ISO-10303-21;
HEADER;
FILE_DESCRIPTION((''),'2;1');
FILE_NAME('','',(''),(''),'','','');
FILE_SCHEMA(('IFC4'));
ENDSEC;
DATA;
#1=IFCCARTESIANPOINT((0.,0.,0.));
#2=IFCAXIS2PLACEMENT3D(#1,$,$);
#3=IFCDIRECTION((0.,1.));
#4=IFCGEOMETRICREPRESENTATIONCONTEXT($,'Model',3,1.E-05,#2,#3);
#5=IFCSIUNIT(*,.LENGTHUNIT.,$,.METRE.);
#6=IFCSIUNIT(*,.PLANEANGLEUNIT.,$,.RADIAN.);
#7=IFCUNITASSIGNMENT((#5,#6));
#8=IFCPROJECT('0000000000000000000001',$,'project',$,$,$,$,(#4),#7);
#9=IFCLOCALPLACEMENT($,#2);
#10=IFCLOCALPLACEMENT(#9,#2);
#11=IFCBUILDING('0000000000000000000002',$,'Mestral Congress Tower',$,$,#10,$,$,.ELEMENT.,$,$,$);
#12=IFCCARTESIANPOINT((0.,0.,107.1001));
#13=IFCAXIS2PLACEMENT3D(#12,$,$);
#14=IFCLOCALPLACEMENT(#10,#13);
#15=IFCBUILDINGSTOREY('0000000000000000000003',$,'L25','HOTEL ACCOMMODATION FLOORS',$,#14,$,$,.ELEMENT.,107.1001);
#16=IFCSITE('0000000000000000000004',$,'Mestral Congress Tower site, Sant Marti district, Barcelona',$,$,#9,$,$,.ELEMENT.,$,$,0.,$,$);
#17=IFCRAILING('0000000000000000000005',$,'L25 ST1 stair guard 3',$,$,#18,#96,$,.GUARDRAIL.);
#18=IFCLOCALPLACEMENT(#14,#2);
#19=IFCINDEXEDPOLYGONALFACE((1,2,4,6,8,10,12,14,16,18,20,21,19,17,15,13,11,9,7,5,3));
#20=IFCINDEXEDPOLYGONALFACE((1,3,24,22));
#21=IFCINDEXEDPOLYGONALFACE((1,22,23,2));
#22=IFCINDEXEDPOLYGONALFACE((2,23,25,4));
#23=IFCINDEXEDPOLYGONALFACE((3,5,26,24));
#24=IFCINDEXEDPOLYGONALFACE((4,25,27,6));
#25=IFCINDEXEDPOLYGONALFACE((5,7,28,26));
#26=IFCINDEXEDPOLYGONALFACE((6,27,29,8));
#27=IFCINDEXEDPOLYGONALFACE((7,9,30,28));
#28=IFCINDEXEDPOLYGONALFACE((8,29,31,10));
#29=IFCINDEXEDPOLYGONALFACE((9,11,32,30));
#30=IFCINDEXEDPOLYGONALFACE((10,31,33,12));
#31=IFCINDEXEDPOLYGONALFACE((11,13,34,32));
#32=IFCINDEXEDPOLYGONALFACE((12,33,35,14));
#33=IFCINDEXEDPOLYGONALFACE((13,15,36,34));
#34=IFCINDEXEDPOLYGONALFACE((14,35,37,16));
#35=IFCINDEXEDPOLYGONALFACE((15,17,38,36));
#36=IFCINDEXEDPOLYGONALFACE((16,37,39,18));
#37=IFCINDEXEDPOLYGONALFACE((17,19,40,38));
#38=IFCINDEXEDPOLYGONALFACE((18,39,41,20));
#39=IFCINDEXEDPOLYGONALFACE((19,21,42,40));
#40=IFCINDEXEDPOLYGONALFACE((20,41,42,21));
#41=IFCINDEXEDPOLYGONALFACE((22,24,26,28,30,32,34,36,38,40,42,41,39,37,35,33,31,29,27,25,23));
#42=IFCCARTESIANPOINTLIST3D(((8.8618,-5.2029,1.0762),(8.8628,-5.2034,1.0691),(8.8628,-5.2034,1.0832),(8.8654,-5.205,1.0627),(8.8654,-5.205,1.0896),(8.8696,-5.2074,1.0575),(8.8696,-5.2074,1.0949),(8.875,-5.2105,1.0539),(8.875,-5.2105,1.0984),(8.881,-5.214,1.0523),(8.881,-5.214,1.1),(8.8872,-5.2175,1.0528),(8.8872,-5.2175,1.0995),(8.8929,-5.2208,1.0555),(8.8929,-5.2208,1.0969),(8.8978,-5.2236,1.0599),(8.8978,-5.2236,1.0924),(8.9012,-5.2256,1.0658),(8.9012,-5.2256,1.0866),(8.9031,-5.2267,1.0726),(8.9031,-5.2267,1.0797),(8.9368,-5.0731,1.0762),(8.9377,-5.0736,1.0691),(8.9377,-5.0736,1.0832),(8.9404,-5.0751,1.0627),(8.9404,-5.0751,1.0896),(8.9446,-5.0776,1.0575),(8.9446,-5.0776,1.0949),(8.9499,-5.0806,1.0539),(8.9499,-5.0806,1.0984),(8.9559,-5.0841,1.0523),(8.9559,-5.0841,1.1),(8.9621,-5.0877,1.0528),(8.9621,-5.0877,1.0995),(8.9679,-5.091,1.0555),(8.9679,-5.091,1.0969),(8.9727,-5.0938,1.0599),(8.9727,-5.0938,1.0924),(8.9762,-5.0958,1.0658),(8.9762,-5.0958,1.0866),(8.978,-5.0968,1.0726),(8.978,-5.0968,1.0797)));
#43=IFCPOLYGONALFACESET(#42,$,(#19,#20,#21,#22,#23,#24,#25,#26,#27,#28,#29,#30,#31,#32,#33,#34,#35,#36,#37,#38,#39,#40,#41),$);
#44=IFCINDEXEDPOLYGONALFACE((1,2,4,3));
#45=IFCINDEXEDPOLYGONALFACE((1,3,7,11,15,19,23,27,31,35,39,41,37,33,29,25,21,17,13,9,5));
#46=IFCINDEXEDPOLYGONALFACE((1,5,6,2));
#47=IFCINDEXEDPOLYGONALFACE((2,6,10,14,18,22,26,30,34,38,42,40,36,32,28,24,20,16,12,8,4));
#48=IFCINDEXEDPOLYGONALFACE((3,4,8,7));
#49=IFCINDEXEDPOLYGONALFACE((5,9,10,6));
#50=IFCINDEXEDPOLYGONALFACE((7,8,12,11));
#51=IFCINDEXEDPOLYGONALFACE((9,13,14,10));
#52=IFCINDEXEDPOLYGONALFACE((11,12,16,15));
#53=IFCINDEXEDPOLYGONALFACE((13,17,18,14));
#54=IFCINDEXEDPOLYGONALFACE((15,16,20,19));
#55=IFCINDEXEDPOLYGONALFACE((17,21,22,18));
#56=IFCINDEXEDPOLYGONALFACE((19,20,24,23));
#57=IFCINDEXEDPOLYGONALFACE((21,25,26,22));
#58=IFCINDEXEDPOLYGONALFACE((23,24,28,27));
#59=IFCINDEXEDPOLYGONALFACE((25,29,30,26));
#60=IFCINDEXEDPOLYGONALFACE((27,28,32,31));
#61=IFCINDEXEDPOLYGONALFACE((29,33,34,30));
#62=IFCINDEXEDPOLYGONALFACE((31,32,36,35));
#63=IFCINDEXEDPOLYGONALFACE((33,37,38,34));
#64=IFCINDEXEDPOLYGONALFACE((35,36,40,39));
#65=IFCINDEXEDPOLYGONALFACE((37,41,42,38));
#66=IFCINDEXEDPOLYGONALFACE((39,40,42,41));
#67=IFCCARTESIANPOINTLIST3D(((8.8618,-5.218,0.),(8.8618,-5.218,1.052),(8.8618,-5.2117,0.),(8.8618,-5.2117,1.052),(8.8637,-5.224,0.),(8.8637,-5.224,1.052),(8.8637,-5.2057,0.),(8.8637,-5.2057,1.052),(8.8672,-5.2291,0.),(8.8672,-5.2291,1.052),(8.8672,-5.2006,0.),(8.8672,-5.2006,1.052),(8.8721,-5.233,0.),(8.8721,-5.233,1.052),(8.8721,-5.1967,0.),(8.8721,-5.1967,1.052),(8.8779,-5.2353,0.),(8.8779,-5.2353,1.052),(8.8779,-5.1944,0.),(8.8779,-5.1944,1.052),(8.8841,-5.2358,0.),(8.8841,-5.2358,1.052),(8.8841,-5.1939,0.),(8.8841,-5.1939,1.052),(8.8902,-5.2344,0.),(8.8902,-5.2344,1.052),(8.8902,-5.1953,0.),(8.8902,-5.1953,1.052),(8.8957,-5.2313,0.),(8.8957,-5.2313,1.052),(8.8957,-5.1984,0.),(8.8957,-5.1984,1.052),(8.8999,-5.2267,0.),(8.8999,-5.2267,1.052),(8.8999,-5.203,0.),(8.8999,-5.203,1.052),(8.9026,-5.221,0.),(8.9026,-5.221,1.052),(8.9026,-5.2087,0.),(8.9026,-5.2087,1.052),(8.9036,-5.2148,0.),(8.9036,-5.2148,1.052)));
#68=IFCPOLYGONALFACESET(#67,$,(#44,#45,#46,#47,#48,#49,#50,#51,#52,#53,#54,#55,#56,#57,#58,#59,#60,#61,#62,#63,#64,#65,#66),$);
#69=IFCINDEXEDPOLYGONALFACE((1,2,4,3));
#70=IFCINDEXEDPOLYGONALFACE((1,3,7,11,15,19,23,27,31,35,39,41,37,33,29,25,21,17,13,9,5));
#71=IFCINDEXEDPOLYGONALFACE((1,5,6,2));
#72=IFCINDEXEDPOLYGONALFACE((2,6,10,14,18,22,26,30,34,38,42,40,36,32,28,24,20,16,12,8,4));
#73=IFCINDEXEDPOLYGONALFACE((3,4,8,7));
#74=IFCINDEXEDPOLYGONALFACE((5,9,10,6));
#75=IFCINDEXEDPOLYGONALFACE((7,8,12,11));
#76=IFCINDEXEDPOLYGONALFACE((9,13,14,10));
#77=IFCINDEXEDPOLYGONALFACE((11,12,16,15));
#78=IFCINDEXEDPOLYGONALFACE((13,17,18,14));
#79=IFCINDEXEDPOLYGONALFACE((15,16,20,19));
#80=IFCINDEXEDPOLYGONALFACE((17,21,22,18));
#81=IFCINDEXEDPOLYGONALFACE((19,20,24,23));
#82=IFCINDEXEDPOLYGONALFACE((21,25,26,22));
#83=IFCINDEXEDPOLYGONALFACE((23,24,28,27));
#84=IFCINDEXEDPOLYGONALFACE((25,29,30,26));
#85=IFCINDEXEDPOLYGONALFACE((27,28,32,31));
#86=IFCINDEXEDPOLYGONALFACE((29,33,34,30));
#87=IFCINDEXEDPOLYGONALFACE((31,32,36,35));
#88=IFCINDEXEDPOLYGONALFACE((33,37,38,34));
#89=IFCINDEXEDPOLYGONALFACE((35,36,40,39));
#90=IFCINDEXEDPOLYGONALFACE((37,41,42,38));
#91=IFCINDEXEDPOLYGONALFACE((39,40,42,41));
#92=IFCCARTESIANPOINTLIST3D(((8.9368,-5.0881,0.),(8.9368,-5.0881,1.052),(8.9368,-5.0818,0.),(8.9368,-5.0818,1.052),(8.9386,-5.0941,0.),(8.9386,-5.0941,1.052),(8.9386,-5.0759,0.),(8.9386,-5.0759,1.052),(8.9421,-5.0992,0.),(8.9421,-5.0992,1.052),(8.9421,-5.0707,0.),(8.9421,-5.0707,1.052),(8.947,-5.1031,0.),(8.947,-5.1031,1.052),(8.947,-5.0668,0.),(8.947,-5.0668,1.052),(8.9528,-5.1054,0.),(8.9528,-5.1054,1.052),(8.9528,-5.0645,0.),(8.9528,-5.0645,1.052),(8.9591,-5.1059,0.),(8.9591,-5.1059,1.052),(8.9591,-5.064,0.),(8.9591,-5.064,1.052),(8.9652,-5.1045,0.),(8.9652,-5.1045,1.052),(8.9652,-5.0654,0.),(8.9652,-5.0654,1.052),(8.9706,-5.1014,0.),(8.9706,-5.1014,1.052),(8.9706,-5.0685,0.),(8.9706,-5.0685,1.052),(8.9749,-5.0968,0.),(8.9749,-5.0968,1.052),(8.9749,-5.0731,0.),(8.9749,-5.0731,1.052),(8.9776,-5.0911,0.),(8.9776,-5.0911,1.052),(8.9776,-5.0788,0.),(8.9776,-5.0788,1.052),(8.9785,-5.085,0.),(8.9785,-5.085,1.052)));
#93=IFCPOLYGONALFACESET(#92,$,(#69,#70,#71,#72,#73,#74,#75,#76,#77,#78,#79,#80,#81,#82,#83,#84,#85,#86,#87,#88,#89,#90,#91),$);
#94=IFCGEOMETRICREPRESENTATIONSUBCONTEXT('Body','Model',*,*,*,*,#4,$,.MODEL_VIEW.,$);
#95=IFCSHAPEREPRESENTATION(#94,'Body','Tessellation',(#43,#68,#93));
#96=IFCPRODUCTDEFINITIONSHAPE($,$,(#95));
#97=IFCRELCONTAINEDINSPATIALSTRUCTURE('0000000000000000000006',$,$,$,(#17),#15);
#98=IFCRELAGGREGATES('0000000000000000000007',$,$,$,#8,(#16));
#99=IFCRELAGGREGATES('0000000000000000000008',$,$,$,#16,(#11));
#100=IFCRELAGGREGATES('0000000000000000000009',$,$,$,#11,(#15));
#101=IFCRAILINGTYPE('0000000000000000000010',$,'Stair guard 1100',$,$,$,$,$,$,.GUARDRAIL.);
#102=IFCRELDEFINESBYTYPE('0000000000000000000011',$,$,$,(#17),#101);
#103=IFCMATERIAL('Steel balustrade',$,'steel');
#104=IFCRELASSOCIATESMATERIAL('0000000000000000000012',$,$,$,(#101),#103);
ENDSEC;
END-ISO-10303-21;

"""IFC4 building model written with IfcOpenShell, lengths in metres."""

from ifc_helpers import new_model, si_unit, direction, frame, origin, origin_2d, place, context, subcontext, project, spatial, circle, extrude, material, type_object, element, save


model = new_model("IFC4")

# Units and contexts
model_context = context("Model", 3, precision=1e-05, world=origin(), true_north=direction((0.0, 1.0)))
body_context = subcontext(model_context, "Body", "Model", "MODEL_VIEW")
ifc_project = project(units=[si_unit("LENGTHUNIT", "METRE"), si_unit("PLANEANGLEUNIT", "RADIAN")], contexts=[model_context])

# Site, building, storey
site_placement = place(None, origin())
site = spatial("IfcSite", under=ifc_project, at=site_placement, Name="Mestral Congress Tower site, Sant Marti district, Barcelona", CompositionType="ELEMENT", RefElevation=0.0)
building_placement = place(site_placement, origin())
building = spatial("IfcBuilding", under=site, at=building_placement, Name="Mestral Congress Tower", CompositionType="ELEMENT")
storey_placement = place(building_placement, frame((0.0, 0.0, 107.1001)))
storey = spatial("IfcBuildingStorey", under=building, at=storey_placement, Name="L25", Description="HOTEL ACCOMMODATION FLOORS", CompositionType="ELEMENT", Elevation=107.1001)

# Railing
ifc_material_1 = material(Name="Steel balustrade", Category="steel")
railing_type_1 = type_object("IfcRailingType", Name="Stair guard 1100", PredefinedType="GUARDRAIL", material=ifc_material_1)
railing_1_placement = place(storey_placement, frame((8.8826, -5.2148, 0.0)))
element("IfcRailing", 1, at=railing_1_placement, inside=storey, type_object=railing_type_1, Name="L25 ST1 stair guard 3", PredefinedType="GUARDRAIL", context=body_context, shape_type="SweptSolid", body=[
    extrude(circle(Radius=0.0239, at=origin_2d()), frame((0.0, 0.0, 1.0762), z_axis=(0.499816, 0.866131, 0.0), x_axis=(-0.866131, 0.499816, 0.0)), (0.0, 0.0, 1.0), 0.1499),
    extrude(circle(Radius=0.021, at=origin_2d()), origin(), (0.0, 0.0, 1.0), 1.052),
    extrude(circle(Radius=0.021, at=origin_2d()), frame((0.075, 0.1299, 0.0)), (0.0, 0.0, 1.0), 1.052),
])

save(model, "model.ifc")
